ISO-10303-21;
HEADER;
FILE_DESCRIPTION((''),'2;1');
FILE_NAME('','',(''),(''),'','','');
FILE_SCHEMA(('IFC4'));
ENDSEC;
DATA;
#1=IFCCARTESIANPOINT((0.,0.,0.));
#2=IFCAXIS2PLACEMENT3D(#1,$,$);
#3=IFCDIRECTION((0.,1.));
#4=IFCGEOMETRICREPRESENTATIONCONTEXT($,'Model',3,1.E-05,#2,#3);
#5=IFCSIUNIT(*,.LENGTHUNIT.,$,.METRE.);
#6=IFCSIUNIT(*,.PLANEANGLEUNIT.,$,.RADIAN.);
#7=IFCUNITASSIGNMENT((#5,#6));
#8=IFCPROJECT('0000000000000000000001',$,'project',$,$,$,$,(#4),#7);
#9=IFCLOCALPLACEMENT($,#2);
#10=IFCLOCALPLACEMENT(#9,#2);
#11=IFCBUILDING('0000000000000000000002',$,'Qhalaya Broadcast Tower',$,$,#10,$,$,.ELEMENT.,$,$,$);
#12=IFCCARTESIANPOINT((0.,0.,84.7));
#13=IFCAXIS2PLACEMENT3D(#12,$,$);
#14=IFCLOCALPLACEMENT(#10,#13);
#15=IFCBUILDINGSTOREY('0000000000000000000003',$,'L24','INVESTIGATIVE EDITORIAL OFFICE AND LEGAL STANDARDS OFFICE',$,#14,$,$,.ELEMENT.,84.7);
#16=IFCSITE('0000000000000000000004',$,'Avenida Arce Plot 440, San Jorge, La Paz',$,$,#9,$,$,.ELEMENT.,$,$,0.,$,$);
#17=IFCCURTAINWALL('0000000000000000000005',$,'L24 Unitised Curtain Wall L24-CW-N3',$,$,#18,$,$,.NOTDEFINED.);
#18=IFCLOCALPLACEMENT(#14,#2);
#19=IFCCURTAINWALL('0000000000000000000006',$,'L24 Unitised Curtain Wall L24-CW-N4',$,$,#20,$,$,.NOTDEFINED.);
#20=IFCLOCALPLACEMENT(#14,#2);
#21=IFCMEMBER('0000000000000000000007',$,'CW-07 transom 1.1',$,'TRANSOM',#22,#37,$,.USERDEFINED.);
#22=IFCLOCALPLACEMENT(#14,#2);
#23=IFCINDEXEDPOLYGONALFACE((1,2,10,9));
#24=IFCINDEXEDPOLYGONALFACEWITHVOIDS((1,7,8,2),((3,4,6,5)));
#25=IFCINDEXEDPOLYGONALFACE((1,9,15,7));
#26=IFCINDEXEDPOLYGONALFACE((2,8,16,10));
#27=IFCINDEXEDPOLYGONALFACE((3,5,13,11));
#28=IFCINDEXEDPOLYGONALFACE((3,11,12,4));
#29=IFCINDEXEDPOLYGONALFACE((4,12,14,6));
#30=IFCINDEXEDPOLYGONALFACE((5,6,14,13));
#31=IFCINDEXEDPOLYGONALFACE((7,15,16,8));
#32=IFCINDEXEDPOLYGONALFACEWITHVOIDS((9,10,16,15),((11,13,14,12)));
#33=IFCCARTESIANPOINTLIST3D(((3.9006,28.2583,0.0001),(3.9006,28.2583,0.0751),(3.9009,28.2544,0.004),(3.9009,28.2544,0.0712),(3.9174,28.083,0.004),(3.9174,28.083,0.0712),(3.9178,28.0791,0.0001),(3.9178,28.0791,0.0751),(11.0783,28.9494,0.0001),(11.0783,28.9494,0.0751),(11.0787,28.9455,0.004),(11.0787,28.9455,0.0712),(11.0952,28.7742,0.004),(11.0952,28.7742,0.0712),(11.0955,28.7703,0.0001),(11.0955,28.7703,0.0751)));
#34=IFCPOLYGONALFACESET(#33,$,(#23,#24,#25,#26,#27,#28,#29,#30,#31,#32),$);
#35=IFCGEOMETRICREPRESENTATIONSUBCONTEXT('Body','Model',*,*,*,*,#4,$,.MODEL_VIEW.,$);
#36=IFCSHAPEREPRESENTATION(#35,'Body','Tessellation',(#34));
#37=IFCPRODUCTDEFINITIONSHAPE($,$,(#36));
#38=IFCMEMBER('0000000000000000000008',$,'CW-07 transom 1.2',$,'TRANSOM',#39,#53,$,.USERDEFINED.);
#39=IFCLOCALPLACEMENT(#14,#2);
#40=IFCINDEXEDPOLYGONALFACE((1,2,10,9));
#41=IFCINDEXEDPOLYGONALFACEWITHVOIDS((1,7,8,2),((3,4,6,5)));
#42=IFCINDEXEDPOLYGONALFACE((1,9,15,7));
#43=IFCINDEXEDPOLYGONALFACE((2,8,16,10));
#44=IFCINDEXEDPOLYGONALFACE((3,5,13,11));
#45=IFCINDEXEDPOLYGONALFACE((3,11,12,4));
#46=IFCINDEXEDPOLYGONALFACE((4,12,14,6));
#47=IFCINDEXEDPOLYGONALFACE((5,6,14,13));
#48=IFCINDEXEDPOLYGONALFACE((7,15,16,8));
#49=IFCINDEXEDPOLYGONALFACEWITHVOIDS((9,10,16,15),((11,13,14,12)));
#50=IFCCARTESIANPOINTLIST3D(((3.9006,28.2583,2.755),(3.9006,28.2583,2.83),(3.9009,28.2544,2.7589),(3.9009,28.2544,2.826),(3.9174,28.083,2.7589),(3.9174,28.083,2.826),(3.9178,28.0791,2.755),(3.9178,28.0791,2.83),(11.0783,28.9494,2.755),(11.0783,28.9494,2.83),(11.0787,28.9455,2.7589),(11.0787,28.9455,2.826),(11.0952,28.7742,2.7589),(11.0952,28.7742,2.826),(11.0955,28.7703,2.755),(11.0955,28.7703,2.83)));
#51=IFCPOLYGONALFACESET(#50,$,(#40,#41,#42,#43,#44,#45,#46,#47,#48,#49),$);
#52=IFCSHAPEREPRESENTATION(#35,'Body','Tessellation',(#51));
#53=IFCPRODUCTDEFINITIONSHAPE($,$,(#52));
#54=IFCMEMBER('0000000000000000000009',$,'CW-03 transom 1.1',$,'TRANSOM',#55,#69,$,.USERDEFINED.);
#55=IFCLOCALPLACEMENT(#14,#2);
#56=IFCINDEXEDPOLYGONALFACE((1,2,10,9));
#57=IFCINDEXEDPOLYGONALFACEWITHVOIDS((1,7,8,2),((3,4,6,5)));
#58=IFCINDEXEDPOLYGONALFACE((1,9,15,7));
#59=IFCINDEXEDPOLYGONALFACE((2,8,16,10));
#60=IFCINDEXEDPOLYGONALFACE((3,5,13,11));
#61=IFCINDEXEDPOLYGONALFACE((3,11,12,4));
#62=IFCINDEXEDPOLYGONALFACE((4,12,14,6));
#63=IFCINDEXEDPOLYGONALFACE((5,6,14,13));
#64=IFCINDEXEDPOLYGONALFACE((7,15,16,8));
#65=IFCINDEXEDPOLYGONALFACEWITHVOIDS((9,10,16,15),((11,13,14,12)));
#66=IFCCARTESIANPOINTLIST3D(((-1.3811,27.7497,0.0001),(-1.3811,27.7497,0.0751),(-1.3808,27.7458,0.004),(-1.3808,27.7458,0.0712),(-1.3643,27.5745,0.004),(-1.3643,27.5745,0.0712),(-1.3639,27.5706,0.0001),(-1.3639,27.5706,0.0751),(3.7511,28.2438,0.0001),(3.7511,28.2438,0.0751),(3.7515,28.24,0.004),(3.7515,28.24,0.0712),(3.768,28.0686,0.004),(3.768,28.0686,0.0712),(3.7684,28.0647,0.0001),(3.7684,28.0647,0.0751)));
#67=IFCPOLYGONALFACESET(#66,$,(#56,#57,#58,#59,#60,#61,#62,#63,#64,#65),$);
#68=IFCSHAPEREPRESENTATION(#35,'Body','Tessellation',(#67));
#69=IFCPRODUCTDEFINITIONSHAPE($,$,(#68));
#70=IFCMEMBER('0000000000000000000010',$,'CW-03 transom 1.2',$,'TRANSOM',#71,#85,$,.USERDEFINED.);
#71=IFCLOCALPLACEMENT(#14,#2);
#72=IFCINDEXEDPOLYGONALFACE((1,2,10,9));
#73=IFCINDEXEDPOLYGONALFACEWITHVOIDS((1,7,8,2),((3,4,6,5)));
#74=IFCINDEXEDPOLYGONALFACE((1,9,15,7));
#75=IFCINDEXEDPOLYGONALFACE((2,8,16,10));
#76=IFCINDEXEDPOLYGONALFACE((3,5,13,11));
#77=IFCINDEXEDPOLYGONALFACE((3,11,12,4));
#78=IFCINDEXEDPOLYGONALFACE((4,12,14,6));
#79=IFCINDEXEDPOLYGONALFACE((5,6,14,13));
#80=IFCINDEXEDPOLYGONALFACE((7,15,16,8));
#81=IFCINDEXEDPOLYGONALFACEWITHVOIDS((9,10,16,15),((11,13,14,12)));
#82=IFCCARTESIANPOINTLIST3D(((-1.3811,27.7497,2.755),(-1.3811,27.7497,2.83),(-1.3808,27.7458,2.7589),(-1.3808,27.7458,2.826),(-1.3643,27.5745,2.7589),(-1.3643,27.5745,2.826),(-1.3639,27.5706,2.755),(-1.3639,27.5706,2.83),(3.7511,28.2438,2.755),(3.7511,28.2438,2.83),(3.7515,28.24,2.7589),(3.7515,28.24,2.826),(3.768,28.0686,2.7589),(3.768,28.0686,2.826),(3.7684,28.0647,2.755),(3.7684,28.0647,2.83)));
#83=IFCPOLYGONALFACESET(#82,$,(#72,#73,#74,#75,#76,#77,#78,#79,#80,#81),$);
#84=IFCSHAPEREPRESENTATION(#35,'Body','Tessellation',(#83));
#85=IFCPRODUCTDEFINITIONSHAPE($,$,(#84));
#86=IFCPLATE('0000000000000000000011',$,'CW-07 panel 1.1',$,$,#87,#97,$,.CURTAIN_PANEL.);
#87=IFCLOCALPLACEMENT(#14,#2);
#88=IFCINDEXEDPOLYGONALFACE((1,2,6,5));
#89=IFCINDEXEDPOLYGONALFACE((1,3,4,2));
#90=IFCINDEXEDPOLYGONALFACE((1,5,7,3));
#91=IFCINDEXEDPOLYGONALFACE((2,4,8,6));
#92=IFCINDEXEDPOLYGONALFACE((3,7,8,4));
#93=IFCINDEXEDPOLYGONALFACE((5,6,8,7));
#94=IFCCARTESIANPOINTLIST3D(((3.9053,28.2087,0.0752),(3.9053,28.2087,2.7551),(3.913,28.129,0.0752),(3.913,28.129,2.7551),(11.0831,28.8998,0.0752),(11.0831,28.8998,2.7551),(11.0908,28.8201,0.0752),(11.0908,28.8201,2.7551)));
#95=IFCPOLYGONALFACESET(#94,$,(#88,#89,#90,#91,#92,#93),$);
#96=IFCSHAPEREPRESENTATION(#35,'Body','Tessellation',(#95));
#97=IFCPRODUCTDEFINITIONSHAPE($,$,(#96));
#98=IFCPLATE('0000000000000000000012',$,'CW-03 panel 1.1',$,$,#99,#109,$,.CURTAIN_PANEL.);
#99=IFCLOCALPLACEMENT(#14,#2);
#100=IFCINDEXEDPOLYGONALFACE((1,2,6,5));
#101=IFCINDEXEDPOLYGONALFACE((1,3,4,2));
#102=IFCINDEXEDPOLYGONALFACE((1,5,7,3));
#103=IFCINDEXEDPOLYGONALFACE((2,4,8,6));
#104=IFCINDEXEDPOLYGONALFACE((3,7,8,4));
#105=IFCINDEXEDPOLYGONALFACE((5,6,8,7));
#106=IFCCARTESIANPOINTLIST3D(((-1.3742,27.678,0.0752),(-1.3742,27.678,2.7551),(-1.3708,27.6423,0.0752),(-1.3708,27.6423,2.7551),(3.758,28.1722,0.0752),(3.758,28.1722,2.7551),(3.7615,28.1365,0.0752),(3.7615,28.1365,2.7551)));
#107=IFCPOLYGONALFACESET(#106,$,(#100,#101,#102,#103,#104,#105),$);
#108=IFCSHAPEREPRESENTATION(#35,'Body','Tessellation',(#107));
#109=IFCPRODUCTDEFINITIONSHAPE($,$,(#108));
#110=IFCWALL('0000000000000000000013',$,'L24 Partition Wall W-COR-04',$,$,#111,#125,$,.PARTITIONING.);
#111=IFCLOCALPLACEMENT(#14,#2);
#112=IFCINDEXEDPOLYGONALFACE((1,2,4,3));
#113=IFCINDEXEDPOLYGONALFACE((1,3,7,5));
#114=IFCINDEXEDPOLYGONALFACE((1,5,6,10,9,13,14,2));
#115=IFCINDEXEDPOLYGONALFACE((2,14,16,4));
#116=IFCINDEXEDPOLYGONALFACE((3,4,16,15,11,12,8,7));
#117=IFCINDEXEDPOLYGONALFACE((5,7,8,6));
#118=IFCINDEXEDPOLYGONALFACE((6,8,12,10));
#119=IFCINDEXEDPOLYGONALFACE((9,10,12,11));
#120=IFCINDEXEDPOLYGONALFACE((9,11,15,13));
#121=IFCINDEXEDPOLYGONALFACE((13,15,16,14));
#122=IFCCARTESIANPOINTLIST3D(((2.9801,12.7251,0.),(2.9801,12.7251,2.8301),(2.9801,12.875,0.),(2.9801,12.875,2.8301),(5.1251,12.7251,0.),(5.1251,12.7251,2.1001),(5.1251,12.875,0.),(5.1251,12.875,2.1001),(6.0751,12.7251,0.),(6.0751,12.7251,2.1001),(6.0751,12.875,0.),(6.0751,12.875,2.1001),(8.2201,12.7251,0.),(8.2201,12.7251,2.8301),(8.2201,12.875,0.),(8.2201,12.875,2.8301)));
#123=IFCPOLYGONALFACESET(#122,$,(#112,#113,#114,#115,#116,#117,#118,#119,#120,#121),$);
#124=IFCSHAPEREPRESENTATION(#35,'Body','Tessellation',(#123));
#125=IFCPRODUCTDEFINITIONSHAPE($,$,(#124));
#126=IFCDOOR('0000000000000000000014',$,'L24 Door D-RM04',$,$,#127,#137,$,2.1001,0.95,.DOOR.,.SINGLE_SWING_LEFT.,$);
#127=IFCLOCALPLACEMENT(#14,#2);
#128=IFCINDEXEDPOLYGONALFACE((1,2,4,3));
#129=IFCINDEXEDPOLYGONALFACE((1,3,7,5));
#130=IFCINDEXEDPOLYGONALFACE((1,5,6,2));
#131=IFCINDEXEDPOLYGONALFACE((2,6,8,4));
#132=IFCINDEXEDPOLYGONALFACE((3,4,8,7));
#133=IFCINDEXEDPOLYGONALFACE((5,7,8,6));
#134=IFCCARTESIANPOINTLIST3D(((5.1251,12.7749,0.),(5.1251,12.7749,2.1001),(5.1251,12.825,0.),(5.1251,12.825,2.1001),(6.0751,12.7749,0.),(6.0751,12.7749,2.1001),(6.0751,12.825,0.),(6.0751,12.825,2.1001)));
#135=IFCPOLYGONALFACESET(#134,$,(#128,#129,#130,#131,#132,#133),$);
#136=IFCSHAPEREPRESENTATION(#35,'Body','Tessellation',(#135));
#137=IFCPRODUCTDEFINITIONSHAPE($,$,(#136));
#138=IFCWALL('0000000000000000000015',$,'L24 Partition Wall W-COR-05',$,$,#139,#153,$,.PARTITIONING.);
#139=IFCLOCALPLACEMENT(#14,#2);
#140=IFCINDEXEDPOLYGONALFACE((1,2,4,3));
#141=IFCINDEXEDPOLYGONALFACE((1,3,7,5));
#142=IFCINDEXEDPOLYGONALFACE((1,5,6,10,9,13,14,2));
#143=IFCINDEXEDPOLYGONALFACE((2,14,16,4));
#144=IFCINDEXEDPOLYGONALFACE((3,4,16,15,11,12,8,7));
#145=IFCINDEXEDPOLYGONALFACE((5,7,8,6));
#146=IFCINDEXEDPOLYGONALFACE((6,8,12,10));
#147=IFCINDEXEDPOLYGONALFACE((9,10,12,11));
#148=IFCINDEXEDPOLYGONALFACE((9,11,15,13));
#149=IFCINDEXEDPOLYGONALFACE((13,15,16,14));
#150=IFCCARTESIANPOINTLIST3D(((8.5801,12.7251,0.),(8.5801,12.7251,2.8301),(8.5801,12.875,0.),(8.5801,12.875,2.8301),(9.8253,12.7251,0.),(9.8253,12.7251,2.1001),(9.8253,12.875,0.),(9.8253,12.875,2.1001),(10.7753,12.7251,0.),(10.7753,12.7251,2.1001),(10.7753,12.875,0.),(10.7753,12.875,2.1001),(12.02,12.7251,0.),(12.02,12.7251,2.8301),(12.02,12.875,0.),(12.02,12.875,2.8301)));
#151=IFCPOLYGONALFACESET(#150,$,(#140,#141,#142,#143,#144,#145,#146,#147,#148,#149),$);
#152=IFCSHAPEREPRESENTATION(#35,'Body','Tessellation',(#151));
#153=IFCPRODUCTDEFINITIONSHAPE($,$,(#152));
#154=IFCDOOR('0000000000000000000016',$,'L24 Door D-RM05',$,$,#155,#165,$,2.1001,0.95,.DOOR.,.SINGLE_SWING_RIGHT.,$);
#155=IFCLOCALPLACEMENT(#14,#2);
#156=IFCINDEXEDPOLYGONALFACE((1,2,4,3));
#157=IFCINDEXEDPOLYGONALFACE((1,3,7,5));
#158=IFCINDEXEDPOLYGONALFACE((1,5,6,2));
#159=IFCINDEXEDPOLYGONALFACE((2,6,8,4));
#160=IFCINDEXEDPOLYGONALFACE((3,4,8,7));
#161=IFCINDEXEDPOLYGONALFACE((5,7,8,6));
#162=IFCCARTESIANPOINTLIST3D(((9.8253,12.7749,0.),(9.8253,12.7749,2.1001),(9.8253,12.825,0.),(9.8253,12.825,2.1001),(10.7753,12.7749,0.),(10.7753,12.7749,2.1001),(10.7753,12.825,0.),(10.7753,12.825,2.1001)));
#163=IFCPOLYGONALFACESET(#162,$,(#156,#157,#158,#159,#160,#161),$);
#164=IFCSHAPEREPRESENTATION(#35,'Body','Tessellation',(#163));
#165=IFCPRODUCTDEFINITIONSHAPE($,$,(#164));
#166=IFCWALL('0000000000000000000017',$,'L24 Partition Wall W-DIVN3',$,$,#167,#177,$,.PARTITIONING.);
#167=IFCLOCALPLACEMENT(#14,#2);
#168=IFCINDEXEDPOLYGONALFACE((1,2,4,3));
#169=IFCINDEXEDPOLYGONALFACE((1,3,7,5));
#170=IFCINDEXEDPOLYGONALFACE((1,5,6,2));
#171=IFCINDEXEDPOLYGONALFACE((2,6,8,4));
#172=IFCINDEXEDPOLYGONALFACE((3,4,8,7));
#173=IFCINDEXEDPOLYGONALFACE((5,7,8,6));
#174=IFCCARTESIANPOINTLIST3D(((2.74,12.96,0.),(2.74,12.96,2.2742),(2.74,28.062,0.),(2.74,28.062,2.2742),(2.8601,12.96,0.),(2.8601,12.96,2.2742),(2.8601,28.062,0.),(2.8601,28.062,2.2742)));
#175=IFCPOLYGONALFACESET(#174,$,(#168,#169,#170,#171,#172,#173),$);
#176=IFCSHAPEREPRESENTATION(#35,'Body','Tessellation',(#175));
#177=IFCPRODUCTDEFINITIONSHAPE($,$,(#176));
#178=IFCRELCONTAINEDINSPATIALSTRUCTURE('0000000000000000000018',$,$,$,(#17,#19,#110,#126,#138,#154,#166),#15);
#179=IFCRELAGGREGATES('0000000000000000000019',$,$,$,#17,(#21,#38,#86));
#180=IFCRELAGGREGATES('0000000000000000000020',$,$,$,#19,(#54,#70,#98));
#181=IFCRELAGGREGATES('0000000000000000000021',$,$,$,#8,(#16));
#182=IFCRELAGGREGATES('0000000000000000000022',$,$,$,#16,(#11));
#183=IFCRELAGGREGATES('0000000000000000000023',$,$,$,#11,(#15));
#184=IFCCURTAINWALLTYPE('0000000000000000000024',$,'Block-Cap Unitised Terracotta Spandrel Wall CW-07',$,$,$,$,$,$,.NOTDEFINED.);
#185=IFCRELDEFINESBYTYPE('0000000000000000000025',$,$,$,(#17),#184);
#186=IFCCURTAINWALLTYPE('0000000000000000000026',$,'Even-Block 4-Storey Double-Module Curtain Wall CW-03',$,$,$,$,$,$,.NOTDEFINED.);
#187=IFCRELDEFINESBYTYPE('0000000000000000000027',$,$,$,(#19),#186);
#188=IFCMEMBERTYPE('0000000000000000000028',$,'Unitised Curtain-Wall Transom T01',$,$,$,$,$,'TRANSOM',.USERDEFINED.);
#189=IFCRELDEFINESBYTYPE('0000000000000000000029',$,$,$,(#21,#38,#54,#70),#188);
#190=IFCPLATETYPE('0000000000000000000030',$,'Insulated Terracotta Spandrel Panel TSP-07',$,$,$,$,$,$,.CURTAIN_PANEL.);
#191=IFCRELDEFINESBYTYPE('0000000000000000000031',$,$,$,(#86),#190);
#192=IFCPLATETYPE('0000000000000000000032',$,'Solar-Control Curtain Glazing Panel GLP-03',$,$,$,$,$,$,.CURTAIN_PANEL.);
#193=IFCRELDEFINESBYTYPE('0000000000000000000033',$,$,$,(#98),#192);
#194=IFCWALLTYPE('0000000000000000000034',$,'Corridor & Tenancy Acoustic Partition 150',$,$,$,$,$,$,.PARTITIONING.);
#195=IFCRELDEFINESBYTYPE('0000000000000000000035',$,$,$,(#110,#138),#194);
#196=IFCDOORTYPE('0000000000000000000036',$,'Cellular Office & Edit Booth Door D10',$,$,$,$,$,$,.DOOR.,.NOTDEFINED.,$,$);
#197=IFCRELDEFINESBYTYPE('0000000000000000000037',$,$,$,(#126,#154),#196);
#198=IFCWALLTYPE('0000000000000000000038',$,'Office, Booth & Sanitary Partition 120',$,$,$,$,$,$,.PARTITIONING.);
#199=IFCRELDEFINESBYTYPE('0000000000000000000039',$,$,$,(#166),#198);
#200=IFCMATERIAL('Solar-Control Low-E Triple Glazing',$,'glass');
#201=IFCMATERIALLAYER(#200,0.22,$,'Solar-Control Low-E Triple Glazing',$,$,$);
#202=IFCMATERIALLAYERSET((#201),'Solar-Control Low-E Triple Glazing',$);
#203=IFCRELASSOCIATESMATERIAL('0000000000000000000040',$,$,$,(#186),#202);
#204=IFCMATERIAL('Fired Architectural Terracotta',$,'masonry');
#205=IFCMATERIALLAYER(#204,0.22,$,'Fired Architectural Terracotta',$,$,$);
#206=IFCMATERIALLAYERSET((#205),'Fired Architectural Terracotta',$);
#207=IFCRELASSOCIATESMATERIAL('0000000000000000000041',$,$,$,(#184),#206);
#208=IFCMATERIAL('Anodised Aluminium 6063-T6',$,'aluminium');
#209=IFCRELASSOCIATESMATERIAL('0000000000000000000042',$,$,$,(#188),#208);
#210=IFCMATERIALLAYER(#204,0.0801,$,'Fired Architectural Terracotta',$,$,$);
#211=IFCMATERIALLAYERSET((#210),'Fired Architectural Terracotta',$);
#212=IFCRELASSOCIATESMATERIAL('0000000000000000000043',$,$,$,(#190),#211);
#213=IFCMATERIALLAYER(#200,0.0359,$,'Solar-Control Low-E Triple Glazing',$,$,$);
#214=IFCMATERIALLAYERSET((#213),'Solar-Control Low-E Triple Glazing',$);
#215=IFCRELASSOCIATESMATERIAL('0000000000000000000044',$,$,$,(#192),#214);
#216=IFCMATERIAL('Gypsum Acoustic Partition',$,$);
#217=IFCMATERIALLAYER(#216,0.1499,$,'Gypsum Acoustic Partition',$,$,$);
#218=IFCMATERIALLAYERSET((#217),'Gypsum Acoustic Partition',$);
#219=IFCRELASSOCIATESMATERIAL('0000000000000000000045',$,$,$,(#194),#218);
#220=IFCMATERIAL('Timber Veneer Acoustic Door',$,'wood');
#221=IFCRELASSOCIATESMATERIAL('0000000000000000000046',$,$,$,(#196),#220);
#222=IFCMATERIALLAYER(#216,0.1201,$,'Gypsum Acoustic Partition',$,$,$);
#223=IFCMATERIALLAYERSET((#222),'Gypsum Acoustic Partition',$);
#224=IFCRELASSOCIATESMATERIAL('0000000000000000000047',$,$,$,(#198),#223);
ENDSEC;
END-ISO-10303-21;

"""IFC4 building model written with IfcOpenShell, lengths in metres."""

from ifc_helpers import new_model, si_unit, direction, frame, frame_2d, origin, origin_2d, place, context, subcontext, project, spatial, rectangle, hollow_rectangle, extrude, material, layer, layer_set, material_profile, profile_set, type_object, element, fill, aggregate, save


model = new_model("IFC4")

# Units and contexts
model_context = context("Model", 3, precision=1e-05, world=origin(), true_north=direction((0.0, 1.0)))
body_context = subcontext(model_context, "Body", "Model", "MODEL_VIEW")
ifc_project = project(units=[si_unit("LENGTHUNIT", "METRE"), si_unit("PLANEANGLEUNIT", "RADIAN")], contexts=[model_context])

# Site, building, storey
site_placement = place(None, origin())
site = spatial("IfcSite", under=ifc_project, at=site_placement, Name="Avenida Arce Plot 440, San Jorge, La Paz", CompositionType="ELEMENT", RefElevation=0.0)
building_placement = place(site_placement, origin())
building = spatial("IfcBuilding", under=site, at=building_placement, Name="Qhalaya Broadcast Tower", CompositionType="ELEMENT")
storey_placement = place(building_placement, frame((0.0, 0.0, 84.7)))
storey = spatial("IfcBuildingStorey", under=building, at=storey_placement, Name="L24", Description="INVESTIGATIVE EDITORIAL OFFICE AND LEGAL STANDARDS OFFICE", CompositionType="ELEMENT", Elevation=84.7)

# Shared definitions
ifc_material_1 = material(Name="Solar-Control Low-E Triple Glazing", Category="glass")
ifc_layer_1 = layer(ifc_material_1, 0.22, Name="Solar-Control Low-E Triple Glazing")
ifc_layer_set_1 = layer_set([ifc_layer_1], Name="Solar-Control Low-E Triple Glazing")
curtain_wall_type_1 = type_object("IfcCurtainWallType", Name="Even-Block 4-Storey Double-Module Curtain Wall CW-03", PredefinedType="NOTDEFINED", material=ifc_layer_set_1)
ifc_material_2 = material(Name="Anodised Aluminium 6063-T6", Category="aluminium")

# Curtain wall
ifc_material_3 = material(Name="Fired Architectural Terracotta", Category="masonry")
ifc_layer_2 = layer(ifc_material_3, 0.22, Name="Fired Architectural Terracotta")
ifc_layer_set_2 = layer_set([ifc_layer_2], Name="Fired Architectural Terracotta")
curtain_wall_type_2 = type_object("IfcCurtainWallType", Name="Block-Cap Unitised Terracotta Spandrel Wall CW-07", PredefinedType="NOTDEFINED", material=ifc_layer_set_2)
curtain_wall_1_placement = place(storey_placement, origin())
curtain_wall_1 = element("IfcCurtainWall", 1, at=curtain_wall_1_placement, inside=storey, type_object=curtain_wall_type_2, Name="L24 Unitised Curtain Wall L24-CW-N3", PredefinedType="NOTDEFINED")

# Curtain wall
curtain_wall_2_placement = place(storey_placement, origin())
curtain_wall_2 = element("IfcCurtainWall", 2, at=curtain_wall_2_placement, inside=storey, type_object=curtain_wall_type_1, Name="L24 Unitised Curtain Wall L24-CW-N4", PredefinedType="NOTDEFINED")

# Members
ifc_material_profile_1 = material_profile(ifc_material_2, hollow_rectangle(XDim=0.075, YDim=0.1799, WallThickness=0.0039, at=origin_2d()), Name="ALU-TRN 75x180x4")
ifc_profile_set_1 = profile_set([ifc_material_profile_1], Name="Anodised Aluminium 6063-T6")
member_type_1 = type_object("IfcMemberType", Name="Unitised Curtain-Wall Transom T01", ElementType="TRANSOM", PredefinedType="USERDEFINED", material=ifc_profile_set_1)
member_1_placement = place(storey_placement, frame((11.0869, 28.8599, 0.0376), z_axis=(-0.995396, -0.095849, 0.0), x_axis=(0.0, 0.0, 1.0)))
member_1 = element("IfcMember", 3, at=member_1_placement, type_object=member_type_1, Name="CW-07 transom 1.1", ObjectType="TRANSOM", PredefinedType="USERDEFINED", context=body_context, shape_type="SweptSolid", body=[
    extrude(hollow_rectangle(XDim=0.075, YDim=0.1799, WallThickness=0.0039, at=origin_2d()), origin(), (0.0, 0.0, 1.0), 7.2109),
])
member_2_placement = place(storey_placement, frame((11.0869, 28.8599, 2.7925), z_axis=(-0.995396, -0.095849, 0.0), x_axis=(0.0, 0.0, 1.0)))
member_2 = element("IfcMember", 4, at=member_2_placement, type_object=member_type_1, Name="CW-07 transom 1.2", ObjectType="TRANSOM", PredefinedType="USERDEFINED", context=body_context, shape_type="SweptSolid", body=[
    extrude(hollow_rectangle(XDim=0.075, YDim=0.1799, WallThickness=0.0039, at=origin_2d()), origin(), (0.0, 0.0, 1.0), 7.2109),
])
member_3_placement = place(storey_placement, frame((3.7598, 28.1543, 0.0376), z_axis=(-0.995397, -0.095837, 0.0), x_axis=(0.0, 0.0, 1.0)))
member_3 = element("IfcMember", 5, at=member_3_placement, type_object=member_type_1, Name="CW-03 transom 1.1", ObjectType="TRANSOM", PredefinedType="USERDEFINED", context=body_context, shape_type="SweptSolid", body=[
    extrude(hollow_rectangle(XDim=0.075, YDim=0.1799, WallThickness=0.0039, at=origin_2d()), origin(), (0.0, 0.0, 1.0), 5.156),
])
member_4_placement = place(storey_placement, frame((3.7598, 28.1543, 2.7925), z_axis=(-0.995397, -0.095837, 0.0), x_axis=(0.0, 0.0, 1.0)))
member_4 = element("IfcMember", 6, at=member_4_placement, type_object=member_type_1, Name="CW-03 transom 1.2", ObjectType="TRANSOM", PredefinedType="USERDEFINED", context=body_context, shape_type="SweptSolid", body=[
    extrude(hollow_rectangle(XDim=0.075, YDim=0.1799, WallThickness=0.0039, at=origin_2d()), origin(), (0.0, 0.0, 1.0), 5.156),
])

# Plates
ifc_layer_3 = layer(ifc_material_3, 0.0801, Name="Fired Architectural Terracotta")
ifc_layer_set_3 = layer_set([ifc_layer_3], Name="Fired Architectural Terracotta")
plate_type_1 = type_object("IfcPlateType", Name="Insulated Terracotta Spandrel Panel TSP-07", PredefinedType="CURTAIN_PANEL", material=ifc_layer_set_3)
plate_1_placement = place(storey_placement, frame((7.498, 28.5144, 0.0752), z_axis=(0.0, 0.0, 1.0), x_axis=(-0.995396, -0.095843, 0.0)))
plate_1 = element("IfcPlate", 7, at=plate_1_placement, type_object=plate_type_1, Name="CW-07 panel 1.1", PredefinedType="CURTAIN_PANEL", context=body_context, shape_type="SweptSolid", body=[
    extrude(rectangle(XDim=7.2109, YDim=0.0801, at=origin_2d()), origin(), (0.0, 0.0, 1.0), 2.6799),
])
aggregate(curtain_wall_1, [member_1, member_2, plate_1])
ifc_layer_4 = layer(ifc_material_1, 0.0359, Name="Solar-Control Low-E Triple Glazing")
ifc_layer_set_4 = layer_set([ifc_layer_4], Name="Solar-Control Low-E Triple Glazing")
plate_type_2 = type_object("IfcPlateType", Name="Solar-Control Curtain Glazing Panel GLP-03", PredefinedType="CURTAIN_PANEL", material=ifc_layer_set_4)
plate_2_placement = place(storey_placement, frame((1.1936, 27.9072, 0.0752), z_axis=(0.0, 0.0, 1.0), x_axis=(-0.995395, -0.095853, 0.0)))
plate_2 = element("IfcPlate", 8, at=plate_2_placement, type_object=plate_type_2, Name="CW-03 panel 1.1", PredefinedType="CURTAIN_PANEL", context=body_context, shape_type="SweptSolid", body=[
    extrude(rectangle(XDim=5.156, YDim=0.0359, at=origin_2d()), origin(), (0.0, 0.0, 1.0), 2.6799),
])
aggregate(curtain_wall_2, [member_3, member_4, plate_2])

# Walls, openings, doors
ifc_material_4 = material(Name="Gypsum Acoustic Partition")
ifc_layer_5 = layer(ifc_material_4, 0.1499, Name="Gypsum Acoustic Partition")
ifc_layer_set_5 = layer_set([ifc_layer_5], Name="Gypsum Acoustic Partition")
wall_type_1 = type_object("IfcWallType", Name="Corridor & Tenancy Acoustic Partition 150", PredefinedType="PARTITIONING", material=ifc_layer_set_5)
wall_1_placement = place(storey_placement, frame((2.98, 12.8, 0.0), z_axis=(0.0, 0.0, 1.0), x_axis=(1.0, 0.0, 0.0)))
wall_1 = element("IfcWall", 9, at=wall_1_placement, inside=storey, type_object=wall_type_1, Name="L24 Partition Wall W-COR-04", PredefinedType="PARTITIONING", context=body_context, shape_type="SweptSolid", body=[
    extrude(rectangle(XDim=5.24, YDim=0.1499, at=frame_2d((2.6201, 0.0))), origin(), (0.0, 0.0, 1.0), 2.8301),
])
opening_1_placement = place(wall_1_placement, frame((2.145, 0.0, 0.0)))
opening_1 = element("IfcOpeningElement", 10, at=opening_1_placement, cuts=wall_1, PredefinedType="OPENING", context=body_context, shape_type="SweptSolid", body=[
    extrude(rectangle(XDim=0.95, YDim=2.1001, at=frame_2d((0.4751, 1.05))), frame((0.0, 0.0869, 0.0), z_axis=(0.0, -1.0, 0.0), x_axis=(1.0, 0.0, 0.0)), (0.0, 0.0, 1.0), 0.1738),
])
ifc_material_5 = material(Name="Timber Veneer Acoustic Door", Category="wood")
door_type = type_object("IfcDoorType", Name="Cellular Office & Edit Booth Door D10", OperationType="NOTDEFINED", PredefinedType="DOOR", material=ifc_material_5)
door_1_placement = place(opening_1_placement, origin())
door_1 = element("IfcDoor", 11, at=door_1_placement, inside=storey, type_object=door_type, Name="L24 Door D-RM04", OperationType="SINGLE_SWING_LEFT", OverallHeight=2.1001, OverallWidth=0.95, PredefinedType="DOOR", context=body_context, shape_type="SweptSolid", body=[
    extrude(rectangle(XDim=0.95, YDim=2.1001, at=frame_2d((0.4751, 1.05))), frame((0.0, 0.0249, 0.0), z_axis=(0.0, -1.0, 0.0), x_axis=(1.0, 0.0, 0.0)), (0.0, 0.0, 1.0), 0.05),
])
fill(opening_1, door_1)
wall_2_placement = place(storey_placement, frame((8.5801, 12.8, 0.0), z_axis=(0.0, 0.0, 1.0), x_axis=(1.0, 0.0, 0.0)))
wall_2 = element("IfcWall", 12, at=wall_2_placement, inside=storey, type_object=wall_type_1, Name="L24 Partition Wall W-COR-05", PredefinedType="PARTITIONING", context=body_context, shape_type="SweptSolid", body=[
    extrude(rectangle(XDim=3.4399, YDim=0.1499, at=frame_2d((1.72, 0.0))), origin(), (0.0, 0.0, 1.0), 2.8301),
])
opening_2_placement = place(wall_2_placement, frame((1.2451, 0.0, 0.0)))
opening_2 = element("IfcOpeningElement", 13, at=opening_2_placement, cuts=wall_2, PredefinedType="OPENING", context=body_context, shape_type="SweptSolid", body=[
    extrude(rectangle(XDim=0.95, YDim=2.1001, at=frame_2d((0.4751, 1.05))), frame((0.0, 0.0869, 0.0), z_axis=(0.0, -1.0, 0.0), x_axis=(1.0, 0.0, 0.0)), (0.0, 0.0, 1.0), 0.1738),
])
door_2_placement = place(opening_2_placement, origin())
door_2 = element("IfcDoor", 14, at=door_2_placement, inside=storey, type_object=door_type, Name="L24 Door D-RM05", OperationType="SINGLE_SWING_RIGHT", OverallHeight=2.1001, OverallWidth=0.95, PredefinedType="DOOR", context=body_context, shape_type="SweptSolid", body=[
    extrude(rectangle(XDim=0.95, YDim=2.1001, at=frame_2d((0.4751, 1.05))), frame((0.0, 0.0249, 0.0), z_axis=(0.0, -1.0, 0.0), x_axis=(1.0, 0.0, 0.0)), (0.0, 0.0, 1.0), 0.05),
])
fill(opening_2, door_2)

# Wall
ifc_layer_6 = layer(ifc_material_4, 0.1201, Name="Gypsum Acoustic Partition")
ifc_layer_set_6 = layer_set([ifc_layer_6], Name="Gypsum Acoustic Partition")
wall_type_2 = type_object("IfcWallType", Name="Office, Booth & Sanitary Partition 120", PredefinedType="PARTITIONING", material=ifc_layer_set_6)
wall_3_placement = place(storey_placement, frame((2.8, 12.96, 0.0), z_axis=(0.0, 0.0, 1.0), x_axis=(0.0, 1.0, 0.0)))
element("IfcWall", 15, at=wall_3_placement, inside=storey, type_object=wall_type_2, Name="L24 Partition Wall W-DIVN3", PredefinedType="PARTITIONING", context=body_context, shape_type="SweptSolid", body=[
    extrude(rectangle(XDim=15.1021, YDim=0.1201, at=frame_2d((7.551, 0.0))), origin(), (0.0, 0.0, 1.0), 2.2742),
])

save(model, "model.ifc")
